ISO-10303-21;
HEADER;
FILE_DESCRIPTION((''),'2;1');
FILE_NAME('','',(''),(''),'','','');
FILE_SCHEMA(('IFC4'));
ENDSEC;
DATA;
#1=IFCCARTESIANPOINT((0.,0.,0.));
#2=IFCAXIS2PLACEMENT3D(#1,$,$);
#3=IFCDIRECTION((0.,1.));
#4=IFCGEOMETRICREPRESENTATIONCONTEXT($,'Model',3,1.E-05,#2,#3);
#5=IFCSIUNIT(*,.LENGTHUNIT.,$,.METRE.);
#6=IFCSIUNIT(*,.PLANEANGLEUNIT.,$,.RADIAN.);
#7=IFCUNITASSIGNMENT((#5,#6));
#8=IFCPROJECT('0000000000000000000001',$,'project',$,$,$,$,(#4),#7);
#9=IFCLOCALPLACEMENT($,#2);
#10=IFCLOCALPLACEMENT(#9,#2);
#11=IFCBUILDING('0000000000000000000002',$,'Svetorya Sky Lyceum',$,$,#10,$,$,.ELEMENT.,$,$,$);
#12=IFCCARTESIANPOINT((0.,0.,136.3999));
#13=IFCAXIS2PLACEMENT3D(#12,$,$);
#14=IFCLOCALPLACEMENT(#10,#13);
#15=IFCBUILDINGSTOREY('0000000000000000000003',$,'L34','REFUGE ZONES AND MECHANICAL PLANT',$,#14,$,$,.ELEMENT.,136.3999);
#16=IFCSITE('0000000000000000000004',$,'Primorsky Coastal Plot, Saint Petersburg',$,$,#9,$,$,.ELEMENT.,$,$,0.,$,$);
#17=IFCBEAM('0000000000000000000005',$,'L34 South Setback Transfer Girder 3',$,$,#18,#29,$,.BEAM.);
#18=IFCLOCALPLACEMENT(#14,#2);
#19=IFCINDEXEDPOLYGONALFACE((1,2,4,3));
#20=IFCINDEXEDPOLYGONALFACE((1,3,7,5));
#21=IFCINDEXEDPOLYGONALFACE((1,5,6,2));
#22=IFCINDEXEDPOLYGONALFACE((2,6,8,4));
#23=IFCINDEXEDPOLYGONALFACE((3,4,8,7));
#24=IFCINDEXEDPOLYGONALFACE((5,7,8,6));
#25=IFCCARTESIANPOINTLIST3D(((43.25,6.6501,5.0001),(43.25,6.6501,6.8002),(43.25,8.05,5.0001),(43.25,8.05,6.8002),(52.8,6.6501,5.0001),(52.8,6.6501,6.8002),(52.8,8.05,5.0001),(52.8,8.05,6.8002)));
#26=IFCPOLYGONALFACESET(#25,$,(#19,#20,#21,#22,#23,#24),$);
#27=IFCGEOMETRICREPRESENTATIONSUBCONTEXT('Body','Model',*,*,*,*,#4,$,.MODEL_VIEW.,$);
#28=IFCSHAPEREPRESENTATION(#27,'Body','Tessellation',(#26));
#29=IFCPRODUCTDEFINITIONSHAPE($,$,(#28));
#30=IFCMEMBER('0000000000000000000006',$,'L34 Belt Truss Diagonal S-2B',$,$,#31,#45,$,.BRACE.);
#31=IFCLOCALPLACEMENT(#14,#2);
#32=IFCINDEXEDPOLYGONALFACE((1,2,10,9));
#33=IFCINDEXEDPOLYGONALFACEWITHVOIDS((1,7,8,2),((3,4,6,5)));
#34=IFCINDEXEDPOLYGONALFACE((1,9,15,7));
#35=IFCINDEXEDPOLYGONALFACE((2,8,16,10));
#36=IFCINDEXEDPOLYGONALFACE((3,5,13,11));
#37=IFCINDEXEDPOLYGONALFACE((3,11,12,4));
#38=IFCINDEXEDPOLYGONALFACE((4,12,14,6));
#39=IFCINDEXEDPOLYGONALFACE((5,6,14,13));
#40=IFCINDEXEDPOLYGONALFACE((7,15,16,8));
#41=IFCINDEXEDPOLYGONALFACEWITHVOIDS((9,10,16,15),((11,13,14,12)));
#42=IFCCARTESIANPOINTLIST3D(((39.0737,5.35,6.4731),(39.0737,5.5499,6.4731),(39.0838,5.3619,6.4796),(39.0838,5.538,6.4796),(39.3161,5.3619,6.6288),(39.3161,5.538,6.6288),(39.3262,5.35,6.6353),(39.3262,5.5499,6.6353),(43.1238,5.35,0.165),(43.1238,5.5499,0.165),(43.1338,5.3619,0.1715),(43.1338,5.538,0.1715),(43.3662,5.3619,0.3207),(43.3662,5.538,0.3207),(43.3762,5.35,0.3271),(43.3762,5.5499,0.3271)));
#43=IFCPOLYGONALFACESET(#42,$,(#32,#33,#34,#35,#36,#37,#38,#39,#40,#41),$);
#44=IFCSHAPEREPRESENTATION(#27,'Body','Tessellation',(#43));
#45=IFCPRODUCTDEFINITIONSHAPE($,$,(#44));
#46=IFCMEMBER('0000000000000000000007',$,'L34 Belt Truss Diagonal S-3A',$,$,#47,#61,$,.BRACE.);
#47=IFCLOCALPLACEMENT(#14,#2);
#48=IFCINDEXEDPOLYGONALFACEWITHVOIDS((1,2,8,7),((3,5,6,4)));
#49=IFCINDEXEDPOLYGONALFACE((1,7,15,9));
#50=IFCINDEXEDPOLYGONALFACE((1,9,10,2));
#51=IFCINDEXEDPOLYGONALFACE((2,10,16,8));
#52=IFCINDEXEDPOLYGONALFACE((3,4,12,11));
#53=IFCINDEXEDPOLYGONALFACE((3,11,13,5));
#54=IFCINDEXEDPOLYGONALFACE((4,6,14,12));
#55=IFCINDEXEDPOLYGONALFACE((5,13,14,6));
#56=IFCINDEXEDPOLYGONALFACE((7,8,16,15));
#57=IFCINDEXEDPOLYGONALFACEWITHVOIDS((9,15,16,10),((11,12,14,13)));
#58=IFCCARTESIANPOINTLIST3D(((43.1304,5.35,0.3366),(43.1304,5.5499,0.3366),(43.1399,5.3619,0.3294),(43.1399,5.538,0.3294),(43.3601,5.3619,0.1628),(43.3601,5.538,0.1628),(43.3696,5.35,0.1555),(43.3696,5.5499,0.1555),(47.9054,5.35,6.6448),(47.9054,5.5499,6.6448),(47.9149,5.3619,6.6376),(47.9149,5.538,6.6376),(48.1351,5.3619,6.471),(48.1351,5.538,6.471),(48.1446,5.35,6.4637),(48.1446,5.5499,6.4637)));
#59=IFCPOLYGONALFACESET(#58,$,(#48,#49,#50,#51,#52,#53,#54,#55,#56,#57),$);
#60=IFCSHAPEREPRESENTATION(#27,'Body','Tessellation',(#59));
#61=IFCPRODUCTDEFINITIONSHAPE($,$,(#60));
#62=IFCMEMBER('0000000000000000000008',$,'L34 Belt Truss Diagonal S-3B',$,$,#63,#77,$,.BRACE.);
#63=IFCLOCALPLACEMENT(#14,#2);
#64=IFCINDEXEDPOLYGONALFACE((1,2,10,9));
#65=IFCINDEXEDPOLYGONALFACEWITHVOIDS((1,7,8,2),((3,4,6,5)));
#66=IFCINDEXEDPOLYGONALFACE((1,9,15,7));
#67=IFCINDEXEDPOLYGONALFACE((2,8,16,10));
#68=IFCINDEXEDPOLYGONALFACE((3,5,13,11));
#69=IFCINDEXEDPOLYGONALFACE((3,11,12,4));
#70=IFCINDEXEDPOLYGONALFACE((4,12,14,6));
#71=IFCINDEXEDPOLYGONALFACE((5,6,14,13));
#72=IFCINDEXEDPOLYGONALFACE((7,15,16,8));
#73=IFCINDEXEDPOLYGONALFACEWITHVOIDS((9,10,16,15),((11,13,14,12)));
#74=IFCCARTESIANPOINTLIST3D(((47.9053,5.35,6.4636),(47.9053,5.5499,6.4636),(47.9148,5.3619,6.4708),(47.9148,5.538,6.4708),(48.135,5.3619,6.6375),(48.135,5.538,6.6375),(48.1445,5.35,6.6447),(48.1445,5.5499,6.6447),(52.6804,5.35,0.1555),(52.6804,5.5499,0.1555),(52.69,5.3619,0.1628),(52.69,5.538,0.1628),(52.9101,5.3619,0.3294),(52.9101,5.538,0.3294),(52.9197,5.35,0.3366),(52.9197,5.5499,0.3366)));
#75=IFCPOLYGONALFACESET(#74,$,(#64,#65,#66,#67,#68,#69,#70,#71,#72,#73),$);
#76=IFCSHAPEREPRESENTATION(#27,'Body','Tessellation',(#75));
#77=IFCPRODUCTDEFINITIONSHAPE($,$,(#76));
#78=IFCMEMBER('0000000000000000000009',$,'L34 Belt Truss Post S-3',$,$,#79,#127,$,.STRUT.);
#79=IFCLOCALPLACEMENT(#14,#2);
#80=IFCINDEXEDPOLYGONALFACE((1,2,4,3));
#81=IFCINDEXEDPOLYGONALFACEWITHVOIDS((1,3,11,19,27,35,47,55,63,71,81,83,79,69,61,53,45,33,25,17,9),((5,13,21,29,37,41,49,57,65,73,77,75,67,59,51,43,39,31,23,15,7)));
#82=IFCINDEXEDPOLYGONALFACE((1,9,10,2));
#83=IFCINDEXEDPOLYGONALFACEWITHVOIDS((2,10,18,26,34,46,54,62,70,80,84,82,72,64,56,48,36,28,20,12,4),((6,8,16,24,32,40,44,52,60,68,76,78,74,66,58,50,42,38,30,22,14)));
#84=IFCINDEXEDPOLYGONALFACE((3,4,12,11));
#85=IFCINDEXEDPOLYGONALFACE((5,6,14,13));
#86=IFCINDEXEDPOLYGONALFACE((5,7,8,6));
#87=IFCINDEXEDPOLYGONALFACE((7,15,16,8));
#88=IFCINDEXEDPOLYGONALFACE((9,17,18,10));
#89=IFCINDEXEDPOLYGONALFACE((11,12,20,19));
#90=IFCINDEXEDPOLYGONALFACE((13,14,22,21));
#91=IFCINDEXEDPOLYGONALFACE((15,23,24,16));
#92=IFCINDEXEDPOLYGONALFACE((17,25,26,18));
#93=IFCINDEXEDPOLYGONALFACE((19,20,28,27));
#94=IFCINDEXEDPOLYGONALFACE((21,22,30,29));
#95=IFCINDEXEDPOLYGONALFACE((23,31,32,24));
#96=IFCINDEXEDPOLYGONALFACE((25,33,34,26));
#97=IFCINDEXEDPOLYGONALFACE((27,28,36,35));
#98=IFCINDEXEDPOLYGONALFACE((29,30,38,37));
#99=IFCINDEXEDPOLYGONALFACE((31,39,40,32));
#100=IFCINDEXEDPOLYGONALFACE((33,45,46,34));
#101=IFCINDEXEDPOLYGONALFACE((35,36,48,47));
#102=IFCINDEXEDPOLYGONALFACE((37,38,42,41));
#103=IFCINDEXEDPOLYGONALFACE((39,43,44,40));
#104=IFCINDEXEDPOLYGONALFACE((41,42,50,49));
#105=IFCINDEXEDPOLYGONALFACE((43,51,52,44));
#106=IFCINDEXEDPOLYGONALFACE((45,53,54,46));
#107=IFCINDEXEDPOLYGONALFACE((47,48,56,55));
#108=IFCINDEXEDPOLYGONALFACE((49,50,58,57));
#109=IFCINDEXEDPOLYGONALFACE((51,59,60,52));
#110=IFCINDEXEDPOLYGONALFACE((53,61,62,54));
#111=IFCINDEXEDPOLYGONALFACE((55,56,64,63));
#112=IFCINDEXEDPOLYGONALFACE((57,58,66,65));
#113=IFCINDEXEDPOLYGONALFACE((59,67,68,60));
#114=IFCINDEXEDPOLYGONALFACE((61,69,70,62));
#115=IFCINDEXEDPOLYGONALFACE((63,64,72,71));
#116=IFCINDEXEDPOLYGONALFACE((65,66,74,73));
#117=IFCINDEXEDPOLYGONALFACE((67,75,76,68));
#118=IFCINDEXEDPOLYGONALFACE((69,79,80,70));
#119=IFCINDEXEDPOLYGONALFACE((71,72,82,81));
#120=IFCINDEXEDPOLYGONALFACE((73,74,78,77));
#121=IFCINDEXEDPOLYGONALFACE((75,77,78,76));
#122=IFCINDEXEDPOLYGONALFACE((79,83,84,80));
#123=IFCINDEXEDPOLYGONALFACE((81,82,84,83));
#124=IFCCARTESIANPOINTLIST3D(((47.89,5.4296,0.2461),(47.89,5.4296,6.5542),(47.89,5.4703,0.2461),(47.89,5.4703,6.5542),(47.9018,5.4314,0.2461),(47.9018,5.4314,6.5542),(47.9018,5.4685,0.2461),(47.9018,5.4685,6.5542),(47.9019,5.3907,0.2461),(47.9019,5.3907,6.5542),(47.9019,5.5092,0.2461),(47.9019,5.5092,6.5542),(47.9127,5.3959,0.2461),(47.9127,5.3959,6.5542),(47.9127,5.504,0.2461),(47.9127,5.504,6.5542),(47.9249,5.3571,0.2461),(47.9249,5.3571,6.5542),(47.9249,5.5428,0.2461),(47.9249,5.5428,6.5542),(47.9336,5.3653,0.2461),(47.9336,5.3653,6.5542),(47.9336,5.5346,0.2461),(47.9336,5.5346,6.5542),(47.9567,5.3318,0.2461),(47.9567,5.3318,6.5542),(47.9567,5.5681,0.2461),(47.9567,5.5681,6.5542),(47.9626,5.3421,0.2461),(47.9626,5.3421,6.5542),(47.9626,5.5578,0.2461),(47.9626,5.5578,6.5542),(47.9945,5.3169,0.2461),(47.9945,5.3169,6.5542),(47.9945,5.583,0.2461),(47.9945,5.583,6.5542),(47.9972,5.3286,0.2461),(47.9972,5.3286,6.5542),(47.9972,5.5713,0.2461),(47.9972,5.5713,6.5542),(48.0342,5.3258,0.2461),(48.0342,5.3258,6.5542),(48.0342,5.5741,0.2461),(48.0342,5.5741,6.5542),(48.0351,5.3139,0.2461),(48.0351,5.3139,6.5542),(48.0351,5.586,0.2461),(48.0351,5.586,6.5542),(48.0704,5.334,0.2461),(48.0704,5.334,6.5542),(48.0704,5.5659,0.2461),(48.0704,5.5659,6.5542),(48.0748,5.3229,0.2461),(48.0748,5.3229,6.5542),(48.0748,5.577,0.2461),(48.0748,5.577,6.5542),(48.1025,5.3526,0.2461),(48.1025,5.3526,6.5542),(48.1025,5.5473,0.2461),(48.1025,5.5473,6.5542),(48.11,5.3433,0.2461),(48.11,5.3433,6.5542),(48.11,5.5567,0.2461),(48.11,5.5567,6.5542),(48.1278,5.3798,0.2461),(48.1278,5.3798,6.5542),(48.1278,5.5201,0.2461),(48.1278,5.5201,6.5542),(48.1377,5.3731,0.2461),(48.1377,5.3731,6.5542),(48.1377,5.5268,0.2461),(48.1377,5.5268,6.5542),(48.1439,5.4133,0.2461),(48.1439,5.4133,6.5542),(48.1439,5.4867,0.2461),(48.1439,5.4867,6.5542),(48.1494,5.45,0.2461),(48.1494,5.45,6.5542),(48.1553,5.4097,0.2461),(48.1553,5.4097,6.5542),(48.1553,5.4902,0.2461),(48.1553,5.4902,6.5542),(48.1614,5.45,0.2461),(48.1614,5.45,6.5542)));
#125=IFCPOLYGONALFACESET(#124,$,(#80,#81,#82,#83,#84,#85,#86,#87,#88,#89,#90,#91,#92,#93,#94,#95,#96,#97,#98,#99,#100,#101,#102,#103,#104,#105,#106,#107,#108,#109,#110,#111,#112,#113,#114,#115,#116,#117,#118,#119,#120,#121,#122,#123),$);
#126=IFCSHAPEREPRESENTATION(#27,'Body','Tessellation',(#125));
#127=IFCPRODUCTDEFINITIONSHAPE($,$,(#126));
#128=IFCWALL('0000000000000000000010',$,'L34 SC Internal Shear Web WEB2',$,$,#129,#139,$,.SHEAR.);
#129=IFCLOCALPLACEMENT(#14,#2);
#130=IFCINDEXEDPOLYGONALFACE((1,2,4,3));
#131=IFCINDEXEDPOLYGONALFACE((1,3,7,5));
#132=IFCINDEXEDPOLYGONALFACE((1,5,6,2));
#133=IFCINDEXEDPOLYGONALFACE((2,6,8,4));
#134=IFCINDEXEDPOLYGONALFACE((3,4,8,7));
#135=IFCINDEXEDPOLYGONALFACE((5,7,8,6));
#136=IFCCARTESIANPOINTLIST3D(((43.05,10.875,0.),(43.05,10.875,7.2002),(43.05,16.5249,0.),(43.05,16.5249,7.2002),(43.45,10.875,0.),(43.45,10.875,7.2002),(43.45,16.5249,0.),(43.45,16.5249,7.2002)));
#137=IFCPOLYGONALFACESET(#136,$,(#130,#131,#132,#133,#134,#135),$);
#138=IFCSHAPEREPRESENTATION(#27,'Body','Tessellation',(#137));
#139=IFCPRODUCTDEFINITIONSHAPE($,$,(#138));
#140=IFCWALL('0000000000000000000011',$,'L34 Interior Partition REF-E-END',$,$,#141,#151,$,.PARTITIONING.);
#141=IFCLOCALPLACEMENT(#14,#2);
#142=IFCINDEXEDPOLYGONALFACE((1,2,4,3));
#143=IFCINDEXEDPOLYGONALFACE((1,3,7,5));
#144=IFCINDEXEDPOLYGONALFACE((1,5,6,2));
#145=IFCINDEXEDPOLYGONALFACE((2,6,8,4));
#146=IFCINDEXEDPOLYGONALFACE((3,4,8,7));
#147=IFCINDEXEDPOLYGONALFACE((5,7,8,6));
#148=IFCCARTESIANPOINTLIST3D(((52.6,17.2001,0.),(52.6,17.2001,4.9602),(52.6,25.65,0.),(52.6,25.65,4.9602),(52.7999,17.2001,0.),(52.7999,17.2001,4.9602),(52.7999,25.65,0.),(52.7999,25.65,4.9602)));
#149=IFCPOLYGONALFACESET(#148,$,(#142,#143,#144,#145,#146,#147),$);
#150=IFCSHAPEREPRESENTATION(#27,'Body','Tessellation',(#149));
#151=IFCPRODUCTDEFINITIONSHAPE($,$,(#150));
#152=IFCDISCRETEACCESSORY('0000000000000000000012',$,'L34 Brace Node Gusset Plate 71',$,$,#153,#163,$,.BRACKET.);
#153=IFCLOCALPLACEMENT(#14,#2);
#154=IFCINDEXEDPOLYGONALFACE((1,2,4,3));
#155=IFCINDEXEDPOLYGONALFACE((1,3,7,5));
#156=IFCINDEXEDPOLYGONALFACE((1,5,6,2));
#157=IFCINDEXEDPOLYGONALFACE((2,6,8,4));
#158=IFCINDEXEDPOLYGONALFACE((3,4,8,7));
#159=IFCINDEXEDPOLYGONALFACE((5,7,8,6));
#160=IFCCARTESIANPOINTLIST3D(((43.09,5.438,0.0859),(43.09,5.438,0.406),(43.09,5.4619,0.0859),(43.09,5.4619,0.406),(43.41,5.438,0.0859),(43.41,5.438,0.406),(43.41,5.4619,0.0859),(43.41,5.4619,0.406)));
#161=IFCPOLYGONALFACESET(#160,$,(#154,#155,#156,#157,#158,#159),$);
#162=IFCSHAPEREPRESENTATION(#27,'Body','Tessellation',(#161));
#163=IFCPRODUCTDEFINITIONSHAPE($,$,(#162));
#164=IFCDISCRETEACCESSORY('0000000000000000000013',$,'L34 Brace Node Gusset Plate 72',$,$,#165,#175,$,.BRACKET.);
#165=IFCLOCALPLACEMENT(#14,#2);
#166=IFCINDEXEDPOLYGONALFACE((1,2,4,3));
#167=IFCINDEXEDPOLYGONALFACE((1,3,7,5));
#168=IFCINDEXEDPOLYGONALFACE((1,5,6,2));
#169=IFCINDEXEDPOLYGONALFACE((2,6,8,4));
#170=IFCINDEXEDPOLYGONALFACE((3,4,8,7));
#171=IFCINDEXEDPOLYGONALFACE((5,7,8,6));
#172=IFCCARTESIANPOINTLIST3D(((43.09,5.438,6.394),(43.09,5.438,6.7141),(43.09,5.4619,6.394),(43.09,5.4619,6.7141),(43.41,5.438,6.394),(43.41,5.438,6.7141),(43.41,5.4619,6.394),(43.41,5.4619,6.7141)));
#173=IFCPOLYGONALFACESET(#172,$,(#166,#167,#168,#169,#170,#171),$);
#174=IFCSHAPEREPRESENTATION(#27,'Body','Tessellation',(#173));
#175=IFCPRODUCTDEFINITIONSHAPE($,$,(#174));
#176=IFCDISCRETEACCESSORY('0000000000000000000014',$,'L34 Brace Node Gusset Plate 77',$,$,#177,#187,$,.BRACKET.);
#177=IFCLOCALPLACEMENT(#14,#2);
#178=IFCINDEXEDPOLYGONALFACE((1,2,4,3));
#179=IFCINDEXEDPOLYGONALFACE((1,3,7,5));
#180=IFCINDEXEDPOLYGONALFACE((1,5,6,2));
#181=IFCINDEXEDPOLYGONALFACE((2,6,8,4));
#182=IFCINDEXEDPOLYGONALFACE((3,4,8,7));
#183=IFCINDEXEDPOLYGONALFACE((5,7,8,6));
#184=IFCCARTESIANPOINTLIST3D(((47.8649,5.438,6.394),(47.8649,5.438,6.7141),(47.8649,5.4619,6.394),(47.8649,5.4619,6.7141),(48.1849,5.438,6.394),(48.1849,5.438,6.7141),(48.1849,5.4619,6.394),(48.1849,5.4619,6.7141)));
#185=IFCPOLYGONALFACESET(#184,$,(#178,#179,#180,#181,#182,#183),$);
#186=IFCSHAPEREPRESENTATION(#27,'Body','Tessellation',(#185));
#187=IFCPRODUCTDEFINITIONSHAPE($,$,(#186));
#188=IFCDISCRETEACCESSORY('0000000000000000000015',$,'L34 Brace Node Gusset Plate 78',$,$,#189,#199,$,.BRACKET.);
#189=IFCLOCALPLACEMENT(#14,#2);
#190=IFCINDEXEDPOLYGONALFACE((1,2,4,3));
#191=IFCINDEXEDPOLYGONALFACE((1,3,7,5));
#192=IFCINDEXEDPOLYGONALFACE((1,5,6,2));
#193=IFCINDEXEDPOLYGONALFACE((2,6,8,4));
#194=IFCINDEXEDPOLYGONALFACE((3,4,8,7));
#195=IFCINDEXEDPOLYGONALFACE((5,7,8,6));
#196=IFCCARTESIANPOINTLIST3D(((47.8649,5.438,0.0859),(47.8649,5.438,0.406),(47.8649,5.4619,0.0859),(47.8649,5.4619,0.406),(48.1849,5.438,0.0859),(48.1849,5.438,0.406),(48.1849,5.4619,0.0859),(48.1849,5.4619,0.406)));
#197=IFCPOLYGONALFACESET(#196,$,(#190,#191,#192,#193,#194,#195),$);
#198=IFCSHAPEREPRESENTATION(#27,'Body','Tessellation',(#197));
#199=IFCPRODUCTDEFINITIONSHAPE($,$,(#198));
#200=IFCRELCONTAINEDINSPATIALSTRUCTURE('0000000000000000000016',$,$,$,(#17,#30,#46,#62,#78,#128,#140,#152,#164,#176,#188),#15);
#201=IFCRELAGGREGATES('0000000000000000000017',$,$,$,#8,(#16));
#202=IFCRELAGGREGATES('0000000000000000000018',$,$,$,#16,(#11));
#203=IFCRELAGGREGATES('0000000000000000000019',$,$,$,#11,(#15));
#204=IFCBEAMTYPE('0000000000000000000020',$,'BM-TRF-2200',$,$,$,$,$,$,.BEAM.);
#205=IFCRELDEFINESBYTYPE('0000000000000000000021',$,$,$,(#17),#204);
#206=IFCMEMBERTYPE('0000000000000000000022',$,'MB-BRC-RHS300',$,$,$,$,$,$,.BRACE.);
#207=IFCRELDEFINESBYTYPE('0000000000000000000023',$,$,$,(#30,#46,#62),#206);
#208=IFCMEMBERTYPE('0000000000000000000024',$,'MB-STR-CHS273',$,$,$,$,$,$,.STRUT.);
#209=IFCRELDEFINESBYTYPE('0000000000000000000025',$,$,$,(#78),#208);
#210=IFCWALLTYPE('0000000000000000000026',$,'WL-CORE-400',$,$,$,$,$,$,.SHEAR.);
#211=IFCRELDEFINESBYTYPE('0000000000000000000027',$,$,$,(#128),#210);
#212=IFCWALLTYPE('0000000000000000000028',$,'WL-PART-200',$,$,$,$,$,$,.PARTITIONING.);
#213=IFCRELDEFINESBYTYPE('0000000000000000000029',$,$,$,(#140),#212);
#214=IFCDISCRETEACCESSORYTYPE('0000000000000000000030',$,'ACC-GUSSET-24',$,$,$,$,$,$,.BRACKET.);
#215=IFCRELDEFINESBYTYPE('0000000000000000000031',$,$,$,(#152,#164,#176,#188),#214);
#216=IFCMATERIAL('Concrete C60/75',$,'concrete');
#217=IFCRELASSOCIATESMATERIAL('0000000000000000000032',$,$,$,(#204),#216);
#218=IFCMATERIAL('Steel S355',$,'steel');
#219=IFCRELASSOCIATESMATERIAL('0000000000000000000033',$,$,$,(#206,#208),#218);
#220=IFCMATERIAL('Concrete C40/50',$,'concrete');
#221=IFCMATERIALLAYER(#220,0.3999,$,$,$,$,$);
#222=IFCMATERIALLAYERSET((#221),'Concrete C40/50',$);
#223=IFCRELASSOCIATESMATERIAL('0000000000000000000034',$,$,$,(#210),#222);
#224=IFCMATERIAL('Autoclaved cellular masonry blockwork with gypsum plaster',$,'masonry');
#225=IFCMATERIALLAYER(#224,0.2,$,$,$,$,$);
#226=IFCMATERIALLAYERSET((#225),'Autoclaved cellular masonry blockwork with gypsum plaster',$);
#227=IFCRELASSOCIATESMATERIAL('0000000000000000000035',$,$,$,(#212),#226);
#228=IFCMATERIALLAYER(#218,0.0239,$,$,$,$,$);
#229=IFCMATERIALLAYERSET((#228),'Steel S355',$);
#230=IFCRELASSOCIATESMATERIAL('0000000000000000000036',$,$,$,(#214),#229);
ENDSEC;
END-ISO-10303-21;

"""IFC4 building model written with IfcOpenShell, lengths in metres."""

from ifc_helpers import new_model, si_unit, direction, frame, frame_2d, origin, origin_2d, place, context, subcontext, project, spatial, rectangle, hollow_rectangle, hollow_circle, extrude, material, layer, layer_set, material_profile, profile_set, type_object, element, save


model = new_model("IFC4")

# Units and contexts
model_context = context("Model", 3, precision=1e-05, world=origin(), true_north=direction((0.0, 1.0)))
body_context = subcontext(model_context, "Body", "Model", "MODEL_VIEW")
ifc_project = project(units=[si_unit("LENGTHUNIT", "METRE"), si_unit("PLANEANGLEUNIT", "RADIAN")], contexts=[model_context])

# Site, building, storey
site_placement = place(None, origin())
site = spatial("IfcSite", under=ifc_project, at=site_placement, Name="Primorsky Coastal Plot, Saint Petersburg", CompositionType="ELEMENT", RefElevation=0.0)
building_placement = place(site_placement, origin())
building = spatial("IfcBuilding", under=site, at=building_placement, Name="Svetorya Sky Lyceum", CompositionType="ELEMENT")
storey_placement = place(building_placement, frame((0.0, 0.0, 136.3999)))
storey = spatial("IfcBuildingStorey", under=building, at=storey_placement, Name="L34", Description="REFUGE ZONES AND MECHANICAL PLANT", CompositionType="ELEMENT", Elevation=136.3999)

# Beam
ifc_material_1 = material(Name="Steel S355", Category="steel")
ifc_material_2 = material(Name="Concrete C60/75", Category="concrete")
ifc_material_profile_1 = material_profile(ifc_material_2, rectangle(XDim=1.3999, YDim=1.8, at=origin_2d()), Name="RC TRANSFER 1400x1800")
ifc_profile_set_1 = profile_set([ifc_material_profile_1], Name="Concrete C60/75")
beam_type_1 = type_object("IfcBeamType", Name="BM-TRF-2200", PredefinedType="BEAM", material=ifc_profile_set_1)
beam_1_placement = place(storey_placement, frame((43.25, 7.3501, 5.9001), z_axis=(1.0, 0.0, 0.0), x_axis=(0.0, 1.0, 0.0)))
element("IfcBeam", 1, at=beam_1_placement, inside=storey, type_object=beam_type_1, Name="L34 South Setback Transfer Girder 3", PredefinedType="BEAM", context=body_context, shape_type="SweptSolid", body=[
    extrude(rectangle(XDim=1.3999, YDim=1.8, at=origin_2d()), origin(), (0.0, 0.0, 1.0), 9.55),
])

# Members
ifc_material_profile_2 = material_profile(ifc_material_1, hollow_rectangle(XDim=0.2, YDim=0.3, WallThickness=0.012, at=origin_2d()), Name="RHS 300x200x12")
ifc_profile_set_2 = profile_set([ifc_material_profile_2], Name="Steel S355")
member_type_1 = type_object("IfcMemberType", Name="MB-BRC-RHS300", PredefinedType="BRACE", material=ifc_profile_set_2)
member_1_placement = place(storey_placement, frame((43.25, 5.45, 0.2461), z_axis=(-0.54027, 0.0, 0.841492), x_axis=(0.0, -1.0, 0.0)))
element("IfcMember", 2, at=member_1_placement, inside=storey, type_object=member_type_1, Name="L34 Belt Truss Diagonal S-2B", PredefinedType="BRACE", context=body_context, shape_type="SweptSolid", body=[
    extrude(hollow_rectangle(XDim=0.2, YDim=0.3, WallThickness=0.012, at=origin_2d()), origin(), (0.0, 0.0, 1.0), 7.4963),
])
for number, where, z_axis, x_axis, name in (
    (3, (43.25, 5.45, 0.2461), (0.603539, 0.0, 0.797333), (0.0, 1.0, 0.0), "L34 Belt Truss Diagonal S-3A"),
    (4, (52.8, 5.45, 0.2461), (-0.603559, 0.0, 0.797318), (0.0, -1.0, 0.0), "L34 Belt Truss Diagonal S-3B"),
):
    element("IfcMember", number, at=place(storey_placement, frame(where, z_axis=z_axis, x_axis=x_axis)), inside=storey, type_object=member_type_1, Name=name, PredefinedType="BRACE", context=body_context, shape_type="SweptSolid", body=[
        extrude(hollow_rectangle(XDim=0.2, YDim=0.3, WallThickness=0.012, at=origin_2d()), origin(), (0.0, 0.0, 1.0), 7.9116),
    ])
ifc_material_profile_3 = material_profile(ifc_material_1, hollow_circle(Radius=0.1365, WallThickness=0.012, at=origin_2d()), Name="CHS 273x12")
ifc_profile_set_3 = profile_set([ifc_material_profile_3], Name="Steel S355")
member_type_2 = type_object("IfcMemberType", Name="MB-STR-CHS273", PredefinedType="STRUT", material=ifc_profile_set_3)
member_2_placement = place(storey_placement, frame((48.0249, 5.45, 0.2461), z_axis=(0.0, 0.0, 1.0), x_axis=(1.0, 0.0, 0.0)))
element("IfcMember", 5, at=member_2_placement, inside=storey, type_object=member_type_2, Name="L34 Belt Truss Post S-3", PredefinedType="STRUT", context=body_context, shape_type="SweptSolid", body=[
    extrude(hollow_circle(Radius=0.1365, WallThickness=0.012, at=origin_2d()), origin(), (0.0, 0.0, 1.0), 6.3081),
])

# Walls
ifc_material_3 = material(Name="Concrete C40/50", Category="concrete")
ifc_layer_1 = layer(ifc_material_3, 0.3999)
ifc_layer_set_1 = layer_set([ifc_layer_1], Name="Concrete C40/50")
wall_type_1 = type_object("IfcWallType", Name="WL-CORE-400", PredefinedType="SHEAR", material=ifc_layer_set_1)
wall_1_placement = place(storey_placement, frame((43.25, 10.875, 0.0), z_axis=(0.0, 0.0, 1.0), x_axis=(0.0, 1.0, 0.0)))
element("IfcWall", 6, at=wall_1_placement, inside=storey, type_object=wall_type_1, Name="L34 SC Internal Shear Web WEB2", PredefinedType="SHEAR", context=body_context, shape_type="SweptSolid", body=[
    extrude(rectangle(XDim=5.6499, YDim=0.3999, at=frame_2d((2.825, 0.0))), origin(), (0.0, 0.0, 1.0), 7.2002),
])
ifc_material_4 = material(Name="Autoclaved cellular masonry blockwork with gypsum plaster", Category="masonry")
ifc_layer_2 = layer(ifc_material_4, 0.2)
ifc_layer_set_2 = layer_set([ifc_layer_2], Name="Autoclaved cellular masonry blockwork with gypsum plaster")
wall_type_2 = type_object("IfcWallType", Name="WL-PART-200", PredefinedType="PARTITIONING", material=ifc_layer_set_2)
wall_2_placement = place(storey_placement, frame((52.7, 17.2, 0.0), z_axis=(0.0, 0.0, 1.0), x_axis=(0.0, 1.0, 0.0)))
element("IfcWall", 7, at=wall_2_placement, inside=storey, type_object=wall_type_2, Name="L34 Interior Partition REF-E-END", PredefinedType="PARTITIONING", context=body_context, shape_type="SweptSolid", body=[
    extrude(rectangle(XDim=8.45, YDim=0.2, at=frame_2d((4.2251, 0.0))), origin(), (0.0, 0.0, 1.0), 4.9602),
])

# Discrete accessories
ifc_layer_3 = layer(ifc_material_1, 0.0239)
ifc_layer_set_3 = layer_set([ifc_layer_3], Name="Steel S355")
discrete_accessory_type = type_object("IfcDiscreteAccessoryType", Name="ACC-GUSSET-24", PredefinedType="BRACKET", material=ifc_layer_set_3)
for number, where, z_axis, x_axis, name in (
    (8, (43.25, 5.45, 0.0859), (0.0, 0.0, 1.0), (1.0, 0.0, 0.0), "L34 Brace Node Gusset Plate 71"),
    (9, (43.25, 5.45, 6.394), (0.0, 0.0, 1.0), (1.0, 0.0, 0.0), "L34 Brace Node Gusset Plate 72"),
    (10, (48.0249, 5.45, 6.394), (0.0, 0.0, 1.0), (1.0, 0.0, 0.0), "L34 Brace Node Gusset Plate 77"),
    (11, (48.0249, 5.45, 0.0859), (0.0, 0.0, 1.0), (1.0, 0.0, 0.0), "L34 Brace Node Gusset Plate 78"),
):
    element("IfcDiscreteAccessory", number, at=place(storey_placement, frame(where, z_axis=z_axis, x_axis=x_axis)), inside=storey, type_object=discrete_accessory_type, Name=name, PredefinedType="BRACKET", context=body_context, shape_type="SweptSolid", body=[
        extrude(rectangle(XDim=0.3201, YDim=0.0239, at=origin_2d()), origin(), (0.0, 0.0, 1.0), 0.3201),
    ])

save(model, "model.ifc")
